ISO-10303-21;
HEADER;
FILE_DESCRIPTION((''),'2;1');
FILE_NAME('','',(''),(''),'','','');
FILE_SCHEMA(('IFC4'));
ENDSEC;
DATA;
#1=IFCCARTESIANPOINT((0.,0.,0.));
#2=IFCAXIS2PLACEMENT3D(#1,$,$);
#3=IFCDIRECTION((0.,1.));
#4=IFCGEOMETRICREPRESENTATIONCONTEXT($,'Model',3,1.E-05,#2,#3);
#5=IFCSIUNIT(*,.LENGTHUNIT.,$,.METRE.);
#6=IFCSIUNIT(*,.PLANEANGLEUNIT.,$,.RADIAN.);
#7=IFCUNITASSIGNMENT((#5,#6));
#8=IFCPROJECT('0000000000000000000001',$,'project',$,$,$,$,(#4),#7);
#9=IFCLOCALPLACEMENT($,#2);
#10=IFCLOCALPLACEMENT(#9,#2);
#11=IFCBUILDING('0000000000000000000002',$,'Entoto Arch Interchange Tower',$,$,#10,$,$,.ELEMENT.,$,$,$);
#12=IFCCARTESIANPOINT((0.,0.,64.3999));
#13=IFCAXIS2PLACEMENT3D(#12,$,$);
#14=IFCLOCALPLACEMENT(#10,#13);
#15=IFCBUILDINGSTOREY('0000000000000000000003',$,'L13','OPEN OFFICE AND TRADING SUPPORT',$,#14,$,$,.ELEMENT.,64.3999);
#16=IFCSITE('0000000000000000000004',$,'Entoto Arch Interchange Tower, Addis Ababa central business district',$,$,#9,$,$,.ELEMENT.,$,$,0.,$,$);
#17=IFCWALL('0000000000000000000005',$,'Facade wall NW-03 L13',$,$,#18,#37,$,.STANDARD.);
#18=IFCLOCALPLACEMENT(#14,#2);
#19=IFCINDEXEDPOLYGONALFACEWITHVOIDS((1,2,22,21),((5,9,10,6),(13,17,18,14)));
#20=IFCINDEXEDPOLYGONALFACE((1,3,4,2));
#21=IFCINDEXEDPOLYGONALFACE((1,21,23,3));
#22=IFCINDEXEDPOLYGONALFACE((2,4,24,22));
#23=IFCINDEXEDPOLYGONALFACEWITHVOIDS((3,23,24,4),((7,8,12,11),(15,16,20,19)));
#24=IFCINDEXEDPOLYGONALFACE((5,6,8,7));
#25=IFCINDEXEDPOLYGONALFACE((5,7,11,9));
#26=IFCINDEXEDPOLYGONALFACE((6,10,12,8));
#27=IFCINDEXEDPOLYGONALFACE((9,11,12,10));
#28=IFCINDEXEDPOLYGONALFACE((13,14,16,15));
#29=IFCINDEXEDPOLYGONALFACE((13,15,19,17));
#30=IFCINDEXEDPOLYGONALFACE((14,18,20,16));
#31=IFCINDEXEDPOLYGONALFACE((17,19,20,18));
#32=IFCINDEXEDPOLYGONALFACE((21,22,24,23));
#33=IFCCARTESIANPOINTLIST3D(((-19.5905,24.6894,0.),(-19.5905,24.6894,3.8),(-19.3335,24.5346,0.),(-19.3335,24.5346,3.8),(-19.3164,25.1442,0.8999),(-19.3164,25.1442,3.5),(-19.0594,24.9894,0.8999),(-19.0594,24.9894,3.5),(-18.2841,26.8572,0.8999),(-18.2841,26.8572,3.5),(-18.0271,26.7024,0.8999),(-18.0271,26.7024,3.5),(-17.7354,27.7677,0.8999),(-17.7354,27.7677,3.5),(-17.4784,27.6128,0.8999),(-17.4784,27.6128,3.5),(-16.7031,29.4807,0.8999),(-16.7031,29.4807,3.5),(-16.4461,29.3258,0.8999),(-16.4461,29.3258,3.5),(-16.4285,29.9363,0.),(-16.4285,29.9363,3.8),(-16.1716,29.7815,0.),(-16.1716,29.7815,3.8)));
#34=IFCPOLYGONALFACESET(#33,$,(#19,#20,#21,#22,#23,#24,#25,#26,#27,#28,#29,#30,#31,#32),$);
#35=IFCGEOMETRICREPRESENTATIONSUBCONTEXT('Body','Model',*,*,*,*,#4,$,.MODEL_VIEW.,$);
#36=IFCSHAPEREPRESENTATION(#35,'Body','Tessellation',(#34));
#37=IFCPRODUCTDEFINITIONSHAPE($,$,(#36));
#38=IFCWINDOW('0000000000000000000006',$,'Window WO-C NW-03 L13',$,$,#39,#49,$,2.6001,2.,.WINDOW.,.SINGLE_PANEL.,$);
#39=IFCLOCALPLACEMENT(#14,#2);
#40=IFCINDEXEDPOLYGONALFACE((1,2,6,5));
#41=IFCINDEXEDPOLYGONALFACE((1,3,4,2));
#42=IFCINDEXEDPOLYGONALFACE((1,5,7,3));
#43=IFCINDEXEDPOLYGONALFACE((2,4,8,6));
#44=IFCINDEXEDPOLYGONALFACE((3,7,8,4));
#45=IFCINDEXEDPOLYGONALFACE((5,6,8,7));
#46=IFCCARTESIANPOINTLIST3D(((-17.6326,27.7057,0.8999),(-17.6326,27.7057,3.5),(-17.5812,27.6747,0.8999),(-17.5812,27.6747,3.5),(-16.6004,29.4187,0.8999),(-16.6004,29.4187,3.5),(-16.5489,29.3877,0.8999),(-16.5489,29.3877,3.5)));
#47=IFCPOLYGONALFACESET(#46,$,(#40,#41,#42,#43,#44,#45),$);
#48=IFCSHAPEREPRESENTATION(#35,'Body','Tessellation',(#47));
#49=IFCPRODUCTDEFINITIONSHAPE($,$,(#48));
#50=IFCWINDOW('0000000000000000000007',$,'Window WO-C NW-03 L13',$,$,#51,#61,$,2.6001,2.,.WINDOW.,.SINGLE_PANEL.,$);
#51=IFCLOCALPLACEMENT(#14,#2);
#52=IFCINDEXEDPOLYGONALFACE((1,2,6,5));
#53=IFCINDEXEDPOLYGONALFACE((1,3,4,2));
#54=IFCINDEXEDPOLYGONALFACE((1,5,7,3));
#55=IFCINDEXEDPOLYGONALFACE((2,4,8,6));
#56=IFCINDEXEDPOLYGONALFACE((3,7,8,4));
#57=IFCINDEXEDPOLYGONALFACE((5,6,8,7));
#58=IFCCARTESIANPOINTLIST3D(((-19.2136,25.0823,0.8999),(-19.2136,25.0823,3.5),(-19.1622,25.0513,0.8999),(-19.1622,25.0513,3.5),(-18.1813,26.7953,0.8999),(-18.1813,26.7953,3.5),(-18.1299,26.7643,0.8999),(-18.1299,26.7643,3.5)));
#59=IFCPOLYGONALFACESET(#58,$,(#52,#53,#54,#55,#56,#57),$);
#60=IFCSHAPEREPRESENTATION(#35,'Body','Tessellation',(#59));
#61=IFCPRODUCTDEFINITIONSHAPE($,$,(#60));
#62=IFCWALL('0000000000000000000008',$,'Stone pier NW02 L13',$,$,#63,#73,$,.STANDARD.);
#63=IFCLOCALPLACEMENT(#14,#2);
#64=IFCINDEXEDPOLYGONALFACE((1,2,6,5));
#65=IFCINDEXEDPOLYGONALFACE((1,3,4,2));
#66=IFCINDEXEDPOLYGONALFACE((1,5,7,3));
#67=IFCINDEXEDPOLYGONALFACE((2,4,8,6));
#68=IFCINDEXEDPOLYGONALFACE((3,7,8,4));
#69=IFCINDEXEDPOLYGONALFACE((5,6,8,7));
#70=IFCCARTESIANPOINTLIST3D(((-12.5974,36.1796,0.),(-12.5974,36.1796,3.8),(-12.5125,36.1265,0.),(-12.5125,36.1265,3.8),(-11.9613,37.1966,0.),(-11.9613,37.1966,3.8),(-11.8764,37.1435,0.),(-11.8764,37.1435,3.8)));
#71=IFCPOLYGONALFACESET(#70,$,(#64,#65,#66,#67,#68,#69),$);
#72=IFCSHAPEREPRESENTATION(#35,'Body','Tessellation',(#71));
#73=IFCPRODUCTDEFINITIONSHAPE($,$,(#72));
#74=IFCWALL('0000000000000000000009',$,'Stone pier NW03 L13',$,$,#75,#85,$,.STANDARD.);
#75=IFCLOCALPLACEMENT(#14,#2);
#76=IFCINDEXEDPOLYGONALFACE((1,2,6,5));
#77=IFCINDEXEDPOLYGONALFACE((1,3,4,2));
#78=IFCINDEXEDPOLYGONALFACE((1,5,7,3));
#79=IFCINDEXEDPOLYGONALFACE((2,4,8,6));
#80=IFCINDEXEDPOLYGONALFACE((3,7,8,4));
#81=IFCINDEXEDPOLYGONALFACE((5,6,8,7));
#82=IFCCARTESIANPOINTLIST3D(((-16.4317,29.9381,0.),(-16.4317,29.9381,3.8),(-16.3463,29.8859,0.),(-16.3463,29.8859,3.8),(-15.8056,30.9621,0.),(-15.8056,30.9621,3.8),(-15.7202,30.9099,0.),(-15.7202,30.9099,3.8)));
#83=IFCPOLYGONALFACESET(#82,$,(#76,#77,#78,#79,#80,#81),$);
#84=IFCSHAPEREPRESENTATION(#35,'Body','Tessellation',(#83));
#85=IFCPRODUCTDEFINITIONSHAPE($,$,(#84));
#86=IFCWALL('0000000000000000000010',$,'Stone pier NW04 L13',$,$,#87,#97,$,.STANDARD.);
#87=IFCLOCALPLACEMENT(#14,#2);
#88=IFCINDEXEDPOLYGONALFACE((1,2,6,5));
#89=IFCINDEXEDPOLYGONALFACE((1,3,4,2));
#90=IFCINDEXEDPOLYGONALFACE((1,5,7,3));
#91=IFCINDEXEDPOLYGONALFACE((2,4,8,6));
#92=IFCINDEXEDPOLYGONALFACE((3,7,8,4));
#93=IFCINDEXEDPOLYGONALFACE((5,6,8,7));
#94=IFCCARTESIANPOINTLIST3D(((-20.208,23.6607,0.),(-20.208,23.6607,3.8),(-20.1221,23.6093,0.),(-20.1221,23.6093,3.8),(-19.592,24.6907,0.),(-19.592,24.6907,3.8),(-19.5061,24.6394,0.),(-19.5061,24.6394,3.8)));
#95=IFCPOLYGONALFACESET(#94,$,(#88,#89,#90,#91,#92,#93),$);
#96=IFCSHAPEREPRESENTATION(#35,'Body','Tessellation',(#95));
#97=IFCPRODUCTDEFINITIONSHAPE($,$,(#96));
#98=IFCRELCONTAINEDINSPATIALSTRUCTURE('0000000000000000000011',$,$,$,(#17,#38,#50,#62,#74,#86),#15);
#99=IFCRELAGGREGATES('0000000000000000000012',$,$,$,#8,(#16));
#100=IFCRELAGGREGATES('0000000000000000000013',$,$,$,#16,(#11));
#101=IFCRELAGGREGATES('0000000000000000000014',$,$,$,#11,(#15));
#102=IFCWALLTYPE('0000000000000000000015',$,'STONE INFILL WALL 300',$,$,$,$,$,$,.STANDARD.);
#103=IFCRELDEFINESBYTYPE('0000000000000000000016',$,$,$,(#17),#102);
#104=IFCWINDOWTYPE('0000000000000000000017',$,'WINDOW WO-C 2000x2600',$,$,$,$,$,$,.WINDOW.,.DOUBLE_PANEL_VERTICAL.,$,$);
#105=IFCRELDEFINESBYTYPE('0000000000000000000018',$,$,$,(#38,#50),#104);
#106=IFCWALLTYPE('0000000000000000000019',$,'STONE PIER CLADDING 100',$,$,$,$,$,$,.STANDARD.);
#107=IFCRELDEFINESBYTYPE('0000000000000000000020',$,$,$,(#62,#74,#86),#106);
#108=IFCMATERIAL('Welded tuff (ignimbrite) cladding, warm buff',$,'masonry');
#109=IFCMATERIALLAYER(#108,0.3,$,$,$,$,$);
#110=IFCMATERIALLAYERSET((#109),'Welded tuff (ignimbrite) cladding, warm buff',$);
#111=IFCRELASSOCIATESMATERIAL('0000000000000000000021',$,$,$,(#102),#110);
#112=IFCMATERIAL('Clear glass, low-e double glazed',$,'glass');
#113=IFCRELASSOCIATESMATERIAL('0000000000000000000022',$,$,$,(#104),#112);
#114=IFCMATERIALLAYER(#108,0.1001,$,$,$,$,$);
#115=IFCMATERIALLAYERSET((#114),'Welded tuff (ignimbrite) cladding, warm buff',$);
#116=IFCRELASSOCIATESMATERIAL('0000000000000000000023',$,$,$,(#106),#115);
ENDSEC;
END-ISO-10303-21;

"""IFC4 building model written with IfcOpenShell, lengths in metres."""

from ifc_helpers import new_model, si_unit, direction, frame, frame_2d, origin, place, context, subcontext, project, spatial, rectangle, extrude, material, layer, layer_set, type_object, element, fill, save


model = new_model("IFC4")

# Units and contexts
model_context = context("Model", 3, precision=1e-05, world=origin(), true_north=direction((0.0, 1.0)))
body_context = subcontext(model_context, "Body", "Model", "MODEL_VIEW")
ifc_project = project(units=[si_unit("LENGTHUNIT", "METRE"), si_unit("PLANEANGLEUNIT", "RADIAN")], contexts=[model_context])

# Site, building, storey
site_placement = place(None, origin())
site = spatial("IfcSite", under=ifc_project, at=site_placement, Name="Entoto Arch Interchange Tower, Addis Ababa central business district", CompositionType="ELEMENT", RefElevation=0.0)
building_placement = place(site_placement, origin())
building = spatial("IfcBuilding", under=site, at=building_placement, Name="Entoto Arch Interchange Tower", CompositionType="ELEMENT")
storey_placement = place(building_placement, frame((0.0, 0.0, 64.3999)))
storey = spatial("IfcBuildingStorey", under=building, at=storey_placement, Name="L13", Description="OPEN OFFICE AND TRADING SUPPORT", CompositionType="ELEMENT", Elevation=64.3999)

# Wall, openings, windows
ifc_material_1 = material(Name="Welded tuff (ignimbrite) cladding, warm buff", Category="masonry")
ifc_layer_1 = layer(ifc_material_1, 0.3)
ifc_layer_set_1 = layer_set([ifc_layer_1], Name="Welded tuff (ignimbrite) cladding, warm buff")
wall_type_1 = type_object("IfcWallType", Name="STONE INFILL WALL 300", PredefinedType="STANDARD", material=ifc_layer_set_1)
ifc_material_2 = material(Name="Clear glass, low-e double glazed", Category="glass")
window_type = type_object("IfcWindowType", Name="WINDOW WO-C 2000x2600", PartitioningType="DOUBLE_PANEL_VERTICAL", PredefinedType="WINDOW", material=ifc_material_2)
wall_1_placement = place(storey_placement, frame((-16.3, 29.8589, 0.0), z_axis=(0.0, 0.0, 1.0), x_axis=(-0.516148, -0.8565, 0.0)))
wall_1 = element("IfcWall", 1, at=wall_1_placement, inside=storey, type_object=wall_type_1, Name="Facade wall NW-03 L13", PredefinedType="STANDARD", context=body_context, shape_type="SweptSolid", body=[
    extrude(rectangle(XDim=6.126, YDim=0.3, at=frame_2d((3.063, 0.0))), origin(), (0.0, 0.0, 1.0), 3.8),
])
opening_1_placement = place(wall_1_placement, frame((0.532, 0.0, 0.8999)))
opening_1 = element("IfcOpeningElement", 2, at=opening_1_placement, cuts=wall_1, PredefinedType="OPENING", context=body_context, shape_type="SweptSolid", body=[
    extrude(rectangle(XDim=2.0, YDim=2.6001, at=frame_2d((1.0, 1.3))), frame((0.0, 0.1602, 0.0), z_axis=(0.0, -1.0, 0.0), x_axis=(1.0, 0.0, 0.0)), (0.0, 0.0, 1.0), 0.3201),
])
opening_2_placement = place(wall_1_placement, frame((3.595, 0.0, 0.8999)))
opening_2 = element("IfcOpeningElement", 3, at=opening_2_placement, cuts=wall_1, PredefinedType="OPENING", context=body_context, shape_type="SweptSolid", body=[
    extrude(rectangle(XDim=2.0, YDim=2.6001, at=frame_2d((1.0, 1.3))), frame((0.0, 0.1602, 0.0), z_axis=(0.0, -1.0, 0.0), x_axis=(1.0, 0.0, 0.0)), (0.0, 0.0, 1.0), 0.3201),
])
window_1_placement = place(opening_1_placement, origin())
window_1 = element("IfcWindow", 4, at=window_1_placement, inside=storey, type_object=window_type, Name="Window WO-C NW-03 L13", OverallHeight=2.6001, OverallWidth=2.0, PartitioningType="SINGLE_PANEL", PredefinedType="WINDOW", context=body_context, shape_type="SweptSolid", body=[
    extrude(rectangle(XDim=2.0, YDim=2.6001, at=frame_2d((1.0, 1.3))), frame((0.0, 0.03, 0.0), z_axis=(0.0, -1.0, 0.0), x_axis=(1.0, 0.0, 0.0)), (0.0, 0.0, 1.0), 0.0601),
])
fill(opening_1, window_1)
window_2_placement = place(opening_2_placement, origin())
window_2 = element("IfcWindow", 5, at=window_2_placement, inside=storey, type_object=window_type, Name="Window WO-C NW-03 L13", OverallHeight=2.6001, OverallWidth=2.0, PartitioningType="SINGLE_PANEL", PredefinedType="WINDOW", context=body_context, shape_type="SweptSolid", body=[
    extrude(rectangle(XDim=2.0, YDim=2.6001, at=frame_2d((1.0, 1.3))), frame((0.0, 0.03, 0.0), z_axis=(0.0, -1.0, 0.0), x_axis=(1.0, 0.0, 0.0)), (0.0, 0.0, 1.0), 0.0601),
])
fill(opening_2, window_2)

# Walls
ifc_layer_2 = layer(ifc_material_1, 0.1001)
ifc_layer_set_2 = layer_set([ifc_layer_2], Name="Welded tuff (ignimbrite) cladding, warm buff")
wall_type_2 = type_object("IfcWallType", Name="STONE PIER CLADDING 100", PredefinedType="STANDARD", material=ifc_layer_set_2)
wall_2_placement = place(storey_placement, frame((-11.9189, 37.1699, 0.0), z_axis=(0.0, 0.0, 1.0), x_axis=(-0.530273, -0.847827, 0.0)))
element("IfcWall", 6, at=wall_2_placement, inside=storey, type_object=wall_type_2, Name="Stone pier NW02 L13", PredefinedType="STANDARD", context=body_context, shape_type="SweptSolid", body=[
    extrude(rectangle(XDim=1.1995, YDim=0.1001, at=frame_2d((0.5996, 0.0))), origin(), (0.0, 0.0, 1.0), 3.8),
])
for number, where, z_axis, x_axis, name in (
    (7, (-15.7629, 30.936, 0.0), (0.0, 0.0, 1.0), (-0.521598, -0.853191, 0.0), "Stone pier NW03 L13"),
    (8, (-19.5491, 24.665, 0.0), (0.0, 0.0, 1.0), (-0.513239, -0.858246, 0.0), "Stone pier NW04 L13"),
):
    element("IfcWall", number, at=place(storey_placement, frame(where, z_axis=z_axis, x_axis=x_axis)), inside=storey, type_object=wall_type_2, Name=name, PredefinedType="STANDARD", context=body_context, shape_type="SweptSolid", body=[
        extrude(rectangle(XDim=1.2002, YDim=0.1001, at=frame_2d((0.6001, 0.0))), origin(), (0.0, 0.0, 1.0), 3.8),
    ])

save(model, "model.ifc")
